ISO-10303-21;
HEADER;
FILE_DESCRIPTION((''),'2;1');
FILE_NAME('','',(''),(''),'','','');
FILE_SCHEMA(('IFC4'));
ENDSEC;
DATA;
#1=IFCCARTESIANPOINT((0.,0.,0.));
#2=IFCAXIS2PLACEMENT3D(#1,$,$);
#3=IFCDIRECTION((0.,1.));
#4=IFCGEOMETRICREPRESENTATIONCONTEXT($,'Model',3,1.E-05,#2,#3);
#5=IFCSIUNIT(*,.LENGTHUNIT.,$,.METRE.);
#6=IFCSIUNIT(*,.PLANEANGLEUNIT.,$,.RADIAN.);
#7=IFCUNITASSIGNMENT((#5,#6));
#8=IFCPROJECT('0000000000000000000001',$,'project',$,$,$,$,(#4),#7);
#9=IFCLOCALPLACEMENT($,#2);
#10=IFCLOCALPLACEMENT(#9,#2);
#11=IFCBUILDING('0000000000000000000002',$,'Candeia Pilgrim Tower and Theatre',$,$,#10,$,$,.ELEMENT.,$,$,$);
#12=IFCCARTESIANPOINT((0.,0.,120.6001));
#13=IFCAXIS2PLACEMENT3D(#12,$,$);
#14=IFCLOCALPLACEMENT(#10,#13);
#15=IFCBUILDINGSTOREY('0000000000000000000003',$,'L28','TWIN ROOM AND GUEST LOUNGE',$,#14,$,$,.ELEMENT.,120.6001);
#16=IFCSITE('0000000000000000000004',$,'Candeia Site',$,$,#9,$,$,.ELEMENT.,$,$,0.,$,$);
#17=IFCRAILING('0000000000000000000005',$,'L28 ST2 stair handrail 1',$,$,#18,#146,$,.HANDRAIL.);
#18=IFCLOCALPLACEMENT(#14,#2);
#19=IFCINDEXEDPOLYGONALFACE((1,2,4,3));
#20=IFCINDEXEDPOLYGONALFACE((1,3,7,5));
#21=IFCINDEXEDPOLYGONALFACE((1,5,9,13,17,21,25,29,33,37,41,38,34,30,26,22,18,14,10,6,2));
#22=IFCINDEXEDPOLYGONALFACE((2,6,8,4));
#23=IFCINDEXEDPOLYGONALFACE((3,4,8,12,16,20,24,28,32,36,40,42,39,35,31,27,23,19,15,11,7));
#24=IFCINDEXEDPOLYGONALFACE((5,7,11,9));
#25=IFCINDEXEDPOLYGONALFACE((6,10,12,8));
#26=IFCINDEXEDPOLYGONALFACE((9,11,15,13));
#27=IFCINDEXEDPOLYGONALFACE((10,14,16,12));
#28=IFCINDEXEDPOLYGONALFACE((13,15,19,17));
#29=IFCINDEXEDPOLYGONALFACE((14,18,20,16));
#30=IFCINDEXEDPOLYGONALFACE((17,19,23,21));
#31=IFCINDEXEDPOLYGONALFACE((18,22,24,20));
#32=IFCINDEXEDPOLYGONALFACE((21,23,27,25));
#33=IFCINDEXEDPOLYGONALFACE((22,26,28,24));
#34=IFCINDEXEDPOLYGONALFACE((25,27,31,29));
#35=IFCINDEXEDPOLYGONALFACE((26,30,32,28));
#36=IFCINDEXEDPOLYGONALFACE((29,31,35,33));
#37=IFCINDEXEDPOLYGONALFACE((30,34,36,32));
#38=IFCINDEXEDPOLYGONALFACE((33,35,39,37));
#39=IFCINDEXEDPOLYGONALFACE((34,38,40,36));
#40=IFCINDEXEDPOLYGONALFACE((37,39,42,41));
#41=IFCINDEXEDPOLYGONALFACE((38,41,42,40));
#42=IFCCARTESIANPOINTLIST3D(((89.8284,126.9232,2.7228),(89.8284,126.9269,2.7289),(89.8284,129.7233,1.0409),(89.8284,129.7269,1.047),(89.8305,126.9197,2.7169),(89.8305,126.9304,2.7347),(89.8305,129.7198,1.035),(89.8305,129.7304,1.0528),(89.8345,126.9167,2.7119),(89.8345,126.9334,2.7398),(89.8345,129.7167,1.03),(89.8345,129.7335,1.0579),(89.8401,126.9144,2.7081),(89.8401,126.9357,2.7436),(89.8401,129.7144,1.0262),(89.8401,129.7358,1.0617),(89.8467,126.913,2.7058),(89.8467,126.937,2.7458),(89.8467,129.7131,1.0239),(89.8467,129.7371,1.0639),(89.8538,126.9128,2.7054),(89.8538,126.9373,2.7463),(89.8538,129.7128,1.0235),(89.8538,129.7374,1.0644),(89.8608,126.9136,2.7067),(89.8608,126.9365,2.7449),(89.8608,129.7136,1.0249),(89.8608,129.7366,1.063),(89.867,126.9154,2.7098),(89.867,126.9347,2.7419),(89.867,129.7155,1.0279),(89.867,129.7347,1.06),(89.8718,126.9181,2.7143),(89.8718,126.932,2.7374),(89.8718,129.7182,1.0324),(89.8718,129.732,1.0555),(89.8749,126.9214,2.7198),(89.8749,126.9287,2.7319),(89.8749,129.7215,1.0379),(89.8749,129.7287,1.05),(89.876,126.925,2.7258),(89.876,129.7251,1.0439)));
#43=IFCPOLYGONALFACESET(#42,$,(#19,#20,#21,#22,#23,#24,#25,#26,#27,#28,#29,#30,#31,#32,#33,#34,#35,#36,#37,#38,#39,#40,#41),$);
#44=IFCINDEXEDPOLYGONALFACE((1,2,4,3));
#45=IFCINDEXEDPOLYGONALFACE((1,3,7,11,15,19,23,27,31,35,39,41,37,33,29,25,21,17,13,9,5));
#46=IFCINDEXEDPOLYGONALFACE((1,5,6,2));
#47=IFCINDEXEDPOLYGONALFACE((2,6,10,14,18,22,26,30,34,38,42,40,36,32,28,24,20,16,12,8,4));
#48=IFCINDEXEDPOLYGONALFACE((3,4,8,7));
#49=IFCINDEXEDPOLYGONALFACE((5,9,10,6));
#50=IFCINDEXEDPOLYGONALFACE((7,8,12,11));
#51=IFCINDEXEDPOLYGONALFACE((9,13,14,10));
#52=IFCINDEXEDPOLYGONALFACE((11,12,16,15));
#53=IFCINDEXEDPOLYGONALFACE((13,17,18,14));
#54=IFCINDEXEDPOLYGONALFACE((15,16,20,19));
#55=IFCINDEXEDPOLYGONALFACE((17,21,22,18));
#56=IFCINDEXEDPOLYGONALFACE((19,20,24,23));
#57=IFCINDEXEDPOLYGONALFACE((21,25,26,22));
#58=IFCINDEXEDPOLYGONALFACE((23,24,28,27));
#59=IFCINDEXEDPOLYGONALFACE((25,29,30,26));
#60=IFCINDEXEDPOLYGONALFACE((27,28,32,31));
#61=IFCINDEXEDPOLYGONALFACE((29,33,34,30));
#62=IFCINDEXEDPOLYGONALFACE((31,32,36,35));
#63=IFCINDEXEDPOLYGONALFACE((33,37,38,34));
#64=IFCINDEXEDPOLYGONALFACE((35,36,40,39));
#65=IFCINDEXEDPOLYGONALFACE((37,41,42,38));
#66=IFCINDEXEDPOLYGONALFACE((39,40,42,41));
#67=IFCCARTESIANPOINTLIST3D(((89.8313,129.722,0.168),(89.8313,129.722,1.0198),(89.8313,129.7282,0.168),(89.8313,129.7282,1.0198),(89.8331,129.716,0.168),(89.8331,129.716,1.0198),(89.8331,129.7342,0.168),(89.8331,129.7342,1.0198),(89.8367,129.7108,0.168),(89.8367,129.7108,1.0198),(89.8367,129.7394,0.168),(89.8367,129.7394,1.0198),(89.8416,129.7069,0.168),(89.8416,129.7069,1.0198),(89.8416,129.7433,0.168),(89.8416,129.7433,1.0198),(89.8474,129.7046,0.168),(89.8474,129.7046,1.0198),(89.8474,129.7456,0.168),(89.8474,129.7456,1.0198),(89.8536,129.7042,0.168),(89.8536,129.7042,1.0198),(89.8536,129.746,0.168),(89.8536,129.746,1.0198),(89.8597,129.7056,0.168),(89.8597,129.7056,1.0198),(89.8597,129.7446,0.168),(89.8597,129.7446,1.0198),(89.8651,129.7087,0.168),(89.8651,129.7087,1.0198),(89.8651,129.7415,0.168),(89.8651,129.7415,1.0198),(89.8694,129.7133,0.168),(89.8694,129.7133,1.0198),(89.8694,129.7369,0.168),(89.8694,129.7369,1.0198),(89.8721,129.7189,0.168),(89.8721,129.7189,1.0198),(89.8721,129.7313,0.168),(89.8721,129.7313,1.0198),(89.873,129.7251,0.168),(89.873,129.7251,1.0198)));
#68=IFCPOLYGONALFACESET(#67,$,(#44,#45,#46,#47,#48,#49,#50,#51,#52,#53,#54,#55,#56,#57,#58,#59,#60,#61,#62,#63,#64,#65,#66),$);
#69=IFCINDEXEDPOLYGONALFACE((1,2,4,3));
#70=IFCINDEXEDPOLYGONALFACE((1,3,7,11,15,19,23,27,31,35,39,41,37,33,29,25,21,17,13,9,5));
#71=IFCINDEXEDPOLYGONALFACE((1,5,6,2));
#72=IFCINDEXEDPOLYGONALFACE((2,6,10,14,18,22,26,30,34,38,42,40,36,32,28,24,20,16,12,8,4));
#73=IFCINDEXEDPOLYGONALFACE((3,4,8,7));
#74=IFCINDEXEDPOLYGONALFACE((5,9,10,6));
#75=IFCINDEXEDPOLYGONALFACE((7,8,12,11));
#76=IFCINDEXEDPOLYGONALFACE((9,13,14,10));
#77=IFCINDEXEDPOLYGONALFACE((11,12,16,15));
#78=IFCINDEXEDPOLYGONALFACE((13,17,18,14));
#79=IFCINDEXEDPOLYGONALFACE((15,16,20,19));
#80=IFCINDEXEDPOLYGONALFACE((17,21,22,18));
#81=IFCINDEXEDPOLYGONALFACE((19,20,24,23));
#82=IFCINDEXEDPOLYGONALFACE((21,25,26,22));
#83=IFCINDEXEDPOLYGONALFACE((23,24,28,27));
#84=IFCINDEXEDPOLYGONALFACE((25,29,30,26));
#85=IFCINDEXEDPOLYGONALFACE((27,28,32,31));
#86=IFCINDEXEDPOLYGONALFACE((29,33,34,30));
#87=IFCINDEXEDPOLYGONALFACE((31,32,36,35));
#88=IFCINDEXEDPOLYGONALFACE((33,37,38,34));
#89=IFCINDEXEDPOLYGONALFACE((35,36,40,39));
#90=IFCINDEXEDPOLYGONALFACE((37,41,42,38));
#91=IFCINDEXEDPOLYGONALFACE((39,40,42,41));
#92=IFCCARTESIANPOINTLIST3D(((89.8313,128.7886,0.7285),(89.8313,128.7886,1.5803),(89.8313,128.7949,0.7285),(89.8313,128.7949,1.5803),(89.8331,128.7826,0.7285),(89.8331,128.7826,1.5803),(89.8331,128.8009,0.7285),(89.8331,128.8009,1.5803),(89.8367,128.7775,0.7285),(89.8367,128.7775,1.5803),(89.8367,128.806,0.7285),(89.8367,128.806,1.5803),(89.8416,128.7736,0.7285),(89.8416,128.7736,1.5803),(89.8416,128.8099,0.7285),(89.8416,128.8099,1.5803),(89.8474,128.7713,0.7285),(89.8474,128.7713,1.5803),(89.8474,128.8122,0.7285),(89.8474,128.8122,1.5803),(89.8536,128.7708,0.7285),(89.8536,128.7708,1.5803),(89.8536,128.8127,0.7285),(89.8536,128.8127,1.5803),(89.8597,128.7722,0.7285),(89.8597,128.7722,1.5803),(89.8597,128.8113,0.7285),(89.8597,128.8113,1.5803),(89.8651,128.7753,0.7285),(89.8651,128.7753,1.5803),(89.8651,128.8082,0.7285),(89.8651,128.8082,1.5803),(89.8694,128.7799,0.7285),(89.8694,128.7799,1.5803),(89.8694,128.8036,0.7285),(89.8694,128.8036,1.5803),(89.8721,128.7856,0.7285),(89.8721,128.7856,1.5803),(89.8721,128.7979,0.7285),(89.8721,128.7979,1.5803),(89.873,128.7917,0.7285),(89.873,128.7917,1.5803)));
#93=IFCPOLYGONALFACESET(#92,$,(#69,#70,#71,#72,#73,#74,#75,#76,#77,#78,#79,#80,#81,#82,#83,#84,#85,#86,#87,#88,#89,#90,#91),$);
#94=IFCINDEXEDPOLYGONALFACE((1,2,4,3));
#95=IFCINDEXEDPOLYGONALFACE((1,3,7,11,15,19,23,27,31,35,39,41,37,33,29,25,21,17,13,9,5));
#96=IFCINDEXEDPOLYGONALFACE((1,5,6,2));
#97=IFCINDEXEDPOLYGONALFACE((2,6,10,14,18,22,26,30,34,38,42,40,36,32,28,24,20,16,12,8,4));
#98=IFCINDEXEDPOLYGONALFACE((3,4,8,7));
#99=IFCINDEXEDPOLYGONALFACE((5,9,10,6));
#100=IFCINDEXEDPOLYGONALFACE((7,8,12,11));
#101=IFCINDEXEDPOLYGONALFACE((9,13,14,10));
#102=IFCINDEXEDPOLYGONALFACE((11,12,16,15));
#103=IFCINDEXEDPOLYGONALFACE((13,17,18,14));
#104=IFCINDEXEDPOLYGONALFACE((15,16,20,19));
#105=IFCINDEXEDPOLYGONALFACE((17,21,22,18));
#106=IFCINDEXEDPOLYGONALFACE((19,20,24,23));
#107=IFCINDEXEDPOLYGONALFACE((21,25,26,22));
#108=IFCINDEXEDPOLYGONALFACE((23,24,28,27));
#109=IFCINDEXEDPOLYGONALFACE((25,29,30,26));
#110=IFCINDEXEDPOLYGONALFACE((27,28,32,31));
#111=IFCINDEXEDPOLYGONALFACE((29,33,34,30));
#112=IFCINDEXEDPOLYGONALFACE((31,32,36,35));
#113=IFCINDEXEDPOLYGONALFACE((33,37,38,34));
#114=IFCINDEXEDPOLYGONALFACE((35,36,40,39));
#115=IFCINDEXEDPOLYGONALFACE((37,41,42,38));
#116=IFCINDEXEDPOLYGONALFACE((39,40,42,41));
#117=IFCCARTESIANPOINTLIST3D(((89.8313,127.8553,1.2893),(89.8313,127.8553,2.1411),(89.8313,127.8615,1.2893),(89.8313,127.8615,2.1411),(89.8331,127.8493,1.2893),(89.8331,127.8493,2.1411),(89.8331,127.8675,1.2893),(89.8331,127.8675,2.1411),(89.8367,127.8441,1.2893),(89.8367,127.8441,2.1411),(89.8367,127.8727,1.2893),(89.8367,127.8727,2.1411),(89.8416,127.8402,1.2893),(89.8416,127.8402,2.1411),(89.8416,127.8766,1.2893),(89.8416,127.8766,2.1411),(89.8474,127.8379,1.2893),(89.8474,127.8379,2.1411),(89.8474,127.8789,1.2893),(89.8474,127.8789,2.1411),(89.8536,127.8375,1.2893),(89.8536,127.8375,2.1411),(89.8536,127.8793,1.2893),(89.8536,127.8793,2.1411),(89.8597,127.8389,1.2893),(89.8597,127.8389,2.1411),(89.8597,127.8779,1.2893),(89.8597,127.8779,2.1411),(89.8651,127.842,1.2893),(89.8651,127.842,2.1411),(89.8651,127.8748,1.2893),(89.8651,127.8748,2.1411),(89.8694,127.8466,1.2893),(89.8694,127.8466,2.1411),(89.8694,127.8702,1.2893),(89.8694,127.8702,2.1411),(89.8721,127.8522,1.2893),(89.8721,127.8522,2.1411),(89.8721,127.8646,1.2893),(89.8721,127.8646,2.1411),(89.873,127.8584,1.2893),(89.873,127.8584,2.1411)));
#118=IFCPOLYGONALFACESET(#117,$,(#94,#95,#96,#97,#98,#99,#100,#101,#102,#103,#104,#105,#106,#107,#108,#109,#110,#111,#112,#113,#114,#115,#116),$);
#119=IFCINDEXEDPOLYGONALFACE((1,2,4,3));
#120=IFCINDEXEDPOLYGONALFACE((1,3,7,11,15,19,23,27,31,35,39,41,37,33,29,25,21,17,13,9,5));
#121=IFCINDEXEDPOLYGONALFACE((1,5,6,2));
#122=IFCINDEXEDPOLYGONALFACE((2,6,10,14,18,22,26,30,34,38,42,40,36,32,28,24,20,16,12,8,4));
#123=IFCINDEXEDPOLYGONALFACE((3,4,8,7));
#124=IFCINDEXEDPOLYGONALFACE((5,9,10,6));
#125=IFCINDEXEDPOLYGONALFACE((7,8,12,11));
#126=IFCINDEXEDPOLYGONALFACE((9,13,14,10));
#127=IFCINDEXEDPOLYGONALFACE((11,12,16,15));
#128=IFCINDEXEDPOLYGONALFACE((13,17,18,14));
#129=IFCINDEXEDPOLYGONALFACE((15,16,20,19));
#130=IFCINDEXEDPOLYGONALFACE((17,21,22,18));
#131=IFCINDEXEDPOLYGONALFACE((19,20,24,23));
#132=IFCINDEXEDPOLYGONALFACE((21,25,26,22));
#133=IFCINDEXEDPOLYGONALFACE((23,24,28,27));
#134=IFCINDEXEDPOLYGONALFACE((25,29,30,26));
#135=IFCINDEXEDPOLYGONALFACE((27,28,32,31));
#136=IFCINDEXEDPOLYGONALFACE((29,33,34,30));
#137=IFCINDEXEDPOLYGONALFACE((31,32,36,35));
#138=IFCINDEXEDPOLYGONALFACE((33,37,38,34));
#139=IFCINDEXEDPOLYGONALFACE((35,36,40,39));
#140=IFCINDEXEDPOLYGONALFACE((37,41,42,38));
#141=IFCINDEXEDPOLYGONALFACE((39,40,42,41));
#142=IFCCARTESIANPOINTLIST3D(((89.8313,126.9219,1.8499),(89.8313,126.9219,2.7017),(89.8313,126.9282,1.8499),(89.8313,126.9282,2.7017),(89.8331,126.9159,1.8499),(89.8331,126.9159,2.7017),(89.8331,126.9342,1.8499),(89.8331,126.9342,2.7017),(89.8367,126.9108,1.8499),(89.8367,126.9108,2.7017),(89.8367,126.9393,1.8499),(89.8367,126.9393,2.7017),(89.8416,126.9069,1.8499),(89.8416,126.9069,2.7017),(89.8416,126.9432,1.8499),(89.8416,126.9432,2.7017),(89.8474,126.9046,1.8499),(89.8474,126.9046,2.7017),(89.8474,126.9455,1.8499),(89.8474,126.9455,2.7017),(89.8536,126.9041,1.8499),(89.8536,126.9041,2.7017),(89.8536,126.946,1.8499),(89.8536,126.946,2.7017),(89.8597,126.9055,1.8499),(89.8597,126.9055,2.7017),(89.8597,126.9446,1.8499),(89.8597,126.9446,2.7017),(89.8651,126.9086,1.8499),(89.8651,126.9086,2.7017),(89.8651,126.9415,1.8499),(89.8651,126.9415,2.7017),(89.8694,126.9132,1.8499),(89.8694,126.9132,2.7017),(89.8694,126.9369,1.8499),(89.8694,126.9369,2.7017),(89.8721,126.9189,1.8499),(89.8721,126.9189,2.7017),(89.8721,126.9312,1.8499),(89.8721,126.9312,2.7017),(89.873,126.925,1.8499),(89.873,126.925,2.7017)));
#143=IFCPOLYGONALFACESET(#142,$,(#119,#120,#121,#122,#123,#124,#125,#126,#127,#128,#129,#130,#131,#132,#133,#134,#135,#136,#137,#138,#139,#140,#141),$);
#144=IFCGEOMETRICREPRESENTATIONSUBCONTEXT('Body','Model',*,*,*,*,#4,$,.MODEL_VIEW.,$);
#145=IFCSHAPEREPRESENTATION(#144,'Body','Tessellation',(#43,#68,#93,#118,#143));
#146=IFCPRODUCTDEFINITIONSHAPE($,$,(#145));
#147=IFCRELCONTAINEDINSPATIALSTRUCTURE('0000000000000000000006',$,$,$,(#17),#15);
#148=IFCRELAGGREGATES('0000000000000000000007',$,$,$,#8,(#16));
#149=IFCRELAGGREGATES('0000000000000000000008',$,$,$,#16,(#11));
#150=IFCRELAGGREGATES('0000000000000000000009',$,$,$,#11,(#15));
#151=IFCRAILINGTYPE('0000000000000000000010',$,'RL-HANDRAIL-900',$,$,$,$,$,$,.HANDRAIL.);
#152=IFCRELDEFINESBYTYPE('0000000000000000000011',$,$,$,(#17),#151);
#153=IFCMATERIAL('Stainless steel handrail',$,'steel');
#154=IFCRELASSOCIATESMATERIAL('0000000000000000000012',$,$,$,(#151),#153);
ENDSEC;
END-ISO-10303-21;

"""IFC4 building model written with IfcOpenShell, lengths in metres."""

from ifc_helpers import new_model, si_unit, direction, frame, origin, origin_2d, place, context, subcontext, project, spatial, circle, extrude, material, type_object, element, save


model = new_model("IFC4")

# Units and contexts
model_context = context("Model", 3, precision=1e-05, world=origin(), true_north=direction((0.0, 1.0)))
body_context = subcontext(model_context, "Body", "Model", "MODEL_VIEW")
ifc_project = project(units=[si_unit("LENGTHUNIT", "METRE"), si_unit("PLANEANGLEUNIT", "RADIAN")], contexts=[model_context])

# Site, building, storey
site_placement = place(None, origin())
site = spatial("IfcSite", under=ifc_project, at=site_placement, Name="Candeia Site", CompositionType="ELEMENT", RefElevation=0.0)
building_placement = place(site_placement, origin())
building = spatial("IfcBuilding", under=site, at=building_placement, Name="Candeia Pilgrim Tower and Theatre", CompositionType="ELEMENT")
storey_placement = place(building_placement, frame((0.0, 0.0, 120.6001)))
storey = spatial("IfcBuildingStorey", under=building, at=storey_placement, Name="L28", Description="TWIN ROOM AND GUEST LOUNGE", CompositionType="ELEMENT", Elevation=120.6001)

# Railing
ifc_material_1 = material(Name="Stainless steel handrail", Category="steel")
railing_type_1 = type_object("IfcRailingType", Name="RL-HANDRAIL-900", PredefinedType="HANDRAIL", material=ifc_material_1)
for number, where, name in (
    (1, (89.8521, 129.7251, 0.168), "L28 ST2 stair handrail 1"),
):
    element("IfcRailing", number, at=place(storey_placement, frame(where)), inside=storey, type_object=railing_type_1, Name=name, PredefinedType="HANDRAIL", context=body_context, shape_type="SweptSolid", body=[
        extrude(circle(Radius=0.0239, at=origin_2d()), frame((0.0, 0.0, 0.876), z_axis=(0.0, -0.857242, 0.514913), x_axis=(1.0, 0.0, 0.0)), (0.0, 0.0, 1.0), 3.2664),
        extrude(circle(Radius=0.021, at=origin_2d()), origin(), (0.0, 0.0, 1.0), 0.8518),
        extrude(circle(Radius=0.021, at=origin_2d()), frame((0.0, -0.9333, 0.5605)), (0.0, 0.0, 1.0), 0.8518),
        extrude(circle(Radius=0.021, at=origin_2d()), frame((0.0, -1.8667, 1.1213)), (0.0, 0.0, 1.0), 0.8518),
        extrude(circle(Radius=0.021, at=origin_2d()), frame((0.0, -2.8, 1.6819)), (0.0, 0.0, 1.0), 0.8518),
    ])

save(model, "model.ifc")
